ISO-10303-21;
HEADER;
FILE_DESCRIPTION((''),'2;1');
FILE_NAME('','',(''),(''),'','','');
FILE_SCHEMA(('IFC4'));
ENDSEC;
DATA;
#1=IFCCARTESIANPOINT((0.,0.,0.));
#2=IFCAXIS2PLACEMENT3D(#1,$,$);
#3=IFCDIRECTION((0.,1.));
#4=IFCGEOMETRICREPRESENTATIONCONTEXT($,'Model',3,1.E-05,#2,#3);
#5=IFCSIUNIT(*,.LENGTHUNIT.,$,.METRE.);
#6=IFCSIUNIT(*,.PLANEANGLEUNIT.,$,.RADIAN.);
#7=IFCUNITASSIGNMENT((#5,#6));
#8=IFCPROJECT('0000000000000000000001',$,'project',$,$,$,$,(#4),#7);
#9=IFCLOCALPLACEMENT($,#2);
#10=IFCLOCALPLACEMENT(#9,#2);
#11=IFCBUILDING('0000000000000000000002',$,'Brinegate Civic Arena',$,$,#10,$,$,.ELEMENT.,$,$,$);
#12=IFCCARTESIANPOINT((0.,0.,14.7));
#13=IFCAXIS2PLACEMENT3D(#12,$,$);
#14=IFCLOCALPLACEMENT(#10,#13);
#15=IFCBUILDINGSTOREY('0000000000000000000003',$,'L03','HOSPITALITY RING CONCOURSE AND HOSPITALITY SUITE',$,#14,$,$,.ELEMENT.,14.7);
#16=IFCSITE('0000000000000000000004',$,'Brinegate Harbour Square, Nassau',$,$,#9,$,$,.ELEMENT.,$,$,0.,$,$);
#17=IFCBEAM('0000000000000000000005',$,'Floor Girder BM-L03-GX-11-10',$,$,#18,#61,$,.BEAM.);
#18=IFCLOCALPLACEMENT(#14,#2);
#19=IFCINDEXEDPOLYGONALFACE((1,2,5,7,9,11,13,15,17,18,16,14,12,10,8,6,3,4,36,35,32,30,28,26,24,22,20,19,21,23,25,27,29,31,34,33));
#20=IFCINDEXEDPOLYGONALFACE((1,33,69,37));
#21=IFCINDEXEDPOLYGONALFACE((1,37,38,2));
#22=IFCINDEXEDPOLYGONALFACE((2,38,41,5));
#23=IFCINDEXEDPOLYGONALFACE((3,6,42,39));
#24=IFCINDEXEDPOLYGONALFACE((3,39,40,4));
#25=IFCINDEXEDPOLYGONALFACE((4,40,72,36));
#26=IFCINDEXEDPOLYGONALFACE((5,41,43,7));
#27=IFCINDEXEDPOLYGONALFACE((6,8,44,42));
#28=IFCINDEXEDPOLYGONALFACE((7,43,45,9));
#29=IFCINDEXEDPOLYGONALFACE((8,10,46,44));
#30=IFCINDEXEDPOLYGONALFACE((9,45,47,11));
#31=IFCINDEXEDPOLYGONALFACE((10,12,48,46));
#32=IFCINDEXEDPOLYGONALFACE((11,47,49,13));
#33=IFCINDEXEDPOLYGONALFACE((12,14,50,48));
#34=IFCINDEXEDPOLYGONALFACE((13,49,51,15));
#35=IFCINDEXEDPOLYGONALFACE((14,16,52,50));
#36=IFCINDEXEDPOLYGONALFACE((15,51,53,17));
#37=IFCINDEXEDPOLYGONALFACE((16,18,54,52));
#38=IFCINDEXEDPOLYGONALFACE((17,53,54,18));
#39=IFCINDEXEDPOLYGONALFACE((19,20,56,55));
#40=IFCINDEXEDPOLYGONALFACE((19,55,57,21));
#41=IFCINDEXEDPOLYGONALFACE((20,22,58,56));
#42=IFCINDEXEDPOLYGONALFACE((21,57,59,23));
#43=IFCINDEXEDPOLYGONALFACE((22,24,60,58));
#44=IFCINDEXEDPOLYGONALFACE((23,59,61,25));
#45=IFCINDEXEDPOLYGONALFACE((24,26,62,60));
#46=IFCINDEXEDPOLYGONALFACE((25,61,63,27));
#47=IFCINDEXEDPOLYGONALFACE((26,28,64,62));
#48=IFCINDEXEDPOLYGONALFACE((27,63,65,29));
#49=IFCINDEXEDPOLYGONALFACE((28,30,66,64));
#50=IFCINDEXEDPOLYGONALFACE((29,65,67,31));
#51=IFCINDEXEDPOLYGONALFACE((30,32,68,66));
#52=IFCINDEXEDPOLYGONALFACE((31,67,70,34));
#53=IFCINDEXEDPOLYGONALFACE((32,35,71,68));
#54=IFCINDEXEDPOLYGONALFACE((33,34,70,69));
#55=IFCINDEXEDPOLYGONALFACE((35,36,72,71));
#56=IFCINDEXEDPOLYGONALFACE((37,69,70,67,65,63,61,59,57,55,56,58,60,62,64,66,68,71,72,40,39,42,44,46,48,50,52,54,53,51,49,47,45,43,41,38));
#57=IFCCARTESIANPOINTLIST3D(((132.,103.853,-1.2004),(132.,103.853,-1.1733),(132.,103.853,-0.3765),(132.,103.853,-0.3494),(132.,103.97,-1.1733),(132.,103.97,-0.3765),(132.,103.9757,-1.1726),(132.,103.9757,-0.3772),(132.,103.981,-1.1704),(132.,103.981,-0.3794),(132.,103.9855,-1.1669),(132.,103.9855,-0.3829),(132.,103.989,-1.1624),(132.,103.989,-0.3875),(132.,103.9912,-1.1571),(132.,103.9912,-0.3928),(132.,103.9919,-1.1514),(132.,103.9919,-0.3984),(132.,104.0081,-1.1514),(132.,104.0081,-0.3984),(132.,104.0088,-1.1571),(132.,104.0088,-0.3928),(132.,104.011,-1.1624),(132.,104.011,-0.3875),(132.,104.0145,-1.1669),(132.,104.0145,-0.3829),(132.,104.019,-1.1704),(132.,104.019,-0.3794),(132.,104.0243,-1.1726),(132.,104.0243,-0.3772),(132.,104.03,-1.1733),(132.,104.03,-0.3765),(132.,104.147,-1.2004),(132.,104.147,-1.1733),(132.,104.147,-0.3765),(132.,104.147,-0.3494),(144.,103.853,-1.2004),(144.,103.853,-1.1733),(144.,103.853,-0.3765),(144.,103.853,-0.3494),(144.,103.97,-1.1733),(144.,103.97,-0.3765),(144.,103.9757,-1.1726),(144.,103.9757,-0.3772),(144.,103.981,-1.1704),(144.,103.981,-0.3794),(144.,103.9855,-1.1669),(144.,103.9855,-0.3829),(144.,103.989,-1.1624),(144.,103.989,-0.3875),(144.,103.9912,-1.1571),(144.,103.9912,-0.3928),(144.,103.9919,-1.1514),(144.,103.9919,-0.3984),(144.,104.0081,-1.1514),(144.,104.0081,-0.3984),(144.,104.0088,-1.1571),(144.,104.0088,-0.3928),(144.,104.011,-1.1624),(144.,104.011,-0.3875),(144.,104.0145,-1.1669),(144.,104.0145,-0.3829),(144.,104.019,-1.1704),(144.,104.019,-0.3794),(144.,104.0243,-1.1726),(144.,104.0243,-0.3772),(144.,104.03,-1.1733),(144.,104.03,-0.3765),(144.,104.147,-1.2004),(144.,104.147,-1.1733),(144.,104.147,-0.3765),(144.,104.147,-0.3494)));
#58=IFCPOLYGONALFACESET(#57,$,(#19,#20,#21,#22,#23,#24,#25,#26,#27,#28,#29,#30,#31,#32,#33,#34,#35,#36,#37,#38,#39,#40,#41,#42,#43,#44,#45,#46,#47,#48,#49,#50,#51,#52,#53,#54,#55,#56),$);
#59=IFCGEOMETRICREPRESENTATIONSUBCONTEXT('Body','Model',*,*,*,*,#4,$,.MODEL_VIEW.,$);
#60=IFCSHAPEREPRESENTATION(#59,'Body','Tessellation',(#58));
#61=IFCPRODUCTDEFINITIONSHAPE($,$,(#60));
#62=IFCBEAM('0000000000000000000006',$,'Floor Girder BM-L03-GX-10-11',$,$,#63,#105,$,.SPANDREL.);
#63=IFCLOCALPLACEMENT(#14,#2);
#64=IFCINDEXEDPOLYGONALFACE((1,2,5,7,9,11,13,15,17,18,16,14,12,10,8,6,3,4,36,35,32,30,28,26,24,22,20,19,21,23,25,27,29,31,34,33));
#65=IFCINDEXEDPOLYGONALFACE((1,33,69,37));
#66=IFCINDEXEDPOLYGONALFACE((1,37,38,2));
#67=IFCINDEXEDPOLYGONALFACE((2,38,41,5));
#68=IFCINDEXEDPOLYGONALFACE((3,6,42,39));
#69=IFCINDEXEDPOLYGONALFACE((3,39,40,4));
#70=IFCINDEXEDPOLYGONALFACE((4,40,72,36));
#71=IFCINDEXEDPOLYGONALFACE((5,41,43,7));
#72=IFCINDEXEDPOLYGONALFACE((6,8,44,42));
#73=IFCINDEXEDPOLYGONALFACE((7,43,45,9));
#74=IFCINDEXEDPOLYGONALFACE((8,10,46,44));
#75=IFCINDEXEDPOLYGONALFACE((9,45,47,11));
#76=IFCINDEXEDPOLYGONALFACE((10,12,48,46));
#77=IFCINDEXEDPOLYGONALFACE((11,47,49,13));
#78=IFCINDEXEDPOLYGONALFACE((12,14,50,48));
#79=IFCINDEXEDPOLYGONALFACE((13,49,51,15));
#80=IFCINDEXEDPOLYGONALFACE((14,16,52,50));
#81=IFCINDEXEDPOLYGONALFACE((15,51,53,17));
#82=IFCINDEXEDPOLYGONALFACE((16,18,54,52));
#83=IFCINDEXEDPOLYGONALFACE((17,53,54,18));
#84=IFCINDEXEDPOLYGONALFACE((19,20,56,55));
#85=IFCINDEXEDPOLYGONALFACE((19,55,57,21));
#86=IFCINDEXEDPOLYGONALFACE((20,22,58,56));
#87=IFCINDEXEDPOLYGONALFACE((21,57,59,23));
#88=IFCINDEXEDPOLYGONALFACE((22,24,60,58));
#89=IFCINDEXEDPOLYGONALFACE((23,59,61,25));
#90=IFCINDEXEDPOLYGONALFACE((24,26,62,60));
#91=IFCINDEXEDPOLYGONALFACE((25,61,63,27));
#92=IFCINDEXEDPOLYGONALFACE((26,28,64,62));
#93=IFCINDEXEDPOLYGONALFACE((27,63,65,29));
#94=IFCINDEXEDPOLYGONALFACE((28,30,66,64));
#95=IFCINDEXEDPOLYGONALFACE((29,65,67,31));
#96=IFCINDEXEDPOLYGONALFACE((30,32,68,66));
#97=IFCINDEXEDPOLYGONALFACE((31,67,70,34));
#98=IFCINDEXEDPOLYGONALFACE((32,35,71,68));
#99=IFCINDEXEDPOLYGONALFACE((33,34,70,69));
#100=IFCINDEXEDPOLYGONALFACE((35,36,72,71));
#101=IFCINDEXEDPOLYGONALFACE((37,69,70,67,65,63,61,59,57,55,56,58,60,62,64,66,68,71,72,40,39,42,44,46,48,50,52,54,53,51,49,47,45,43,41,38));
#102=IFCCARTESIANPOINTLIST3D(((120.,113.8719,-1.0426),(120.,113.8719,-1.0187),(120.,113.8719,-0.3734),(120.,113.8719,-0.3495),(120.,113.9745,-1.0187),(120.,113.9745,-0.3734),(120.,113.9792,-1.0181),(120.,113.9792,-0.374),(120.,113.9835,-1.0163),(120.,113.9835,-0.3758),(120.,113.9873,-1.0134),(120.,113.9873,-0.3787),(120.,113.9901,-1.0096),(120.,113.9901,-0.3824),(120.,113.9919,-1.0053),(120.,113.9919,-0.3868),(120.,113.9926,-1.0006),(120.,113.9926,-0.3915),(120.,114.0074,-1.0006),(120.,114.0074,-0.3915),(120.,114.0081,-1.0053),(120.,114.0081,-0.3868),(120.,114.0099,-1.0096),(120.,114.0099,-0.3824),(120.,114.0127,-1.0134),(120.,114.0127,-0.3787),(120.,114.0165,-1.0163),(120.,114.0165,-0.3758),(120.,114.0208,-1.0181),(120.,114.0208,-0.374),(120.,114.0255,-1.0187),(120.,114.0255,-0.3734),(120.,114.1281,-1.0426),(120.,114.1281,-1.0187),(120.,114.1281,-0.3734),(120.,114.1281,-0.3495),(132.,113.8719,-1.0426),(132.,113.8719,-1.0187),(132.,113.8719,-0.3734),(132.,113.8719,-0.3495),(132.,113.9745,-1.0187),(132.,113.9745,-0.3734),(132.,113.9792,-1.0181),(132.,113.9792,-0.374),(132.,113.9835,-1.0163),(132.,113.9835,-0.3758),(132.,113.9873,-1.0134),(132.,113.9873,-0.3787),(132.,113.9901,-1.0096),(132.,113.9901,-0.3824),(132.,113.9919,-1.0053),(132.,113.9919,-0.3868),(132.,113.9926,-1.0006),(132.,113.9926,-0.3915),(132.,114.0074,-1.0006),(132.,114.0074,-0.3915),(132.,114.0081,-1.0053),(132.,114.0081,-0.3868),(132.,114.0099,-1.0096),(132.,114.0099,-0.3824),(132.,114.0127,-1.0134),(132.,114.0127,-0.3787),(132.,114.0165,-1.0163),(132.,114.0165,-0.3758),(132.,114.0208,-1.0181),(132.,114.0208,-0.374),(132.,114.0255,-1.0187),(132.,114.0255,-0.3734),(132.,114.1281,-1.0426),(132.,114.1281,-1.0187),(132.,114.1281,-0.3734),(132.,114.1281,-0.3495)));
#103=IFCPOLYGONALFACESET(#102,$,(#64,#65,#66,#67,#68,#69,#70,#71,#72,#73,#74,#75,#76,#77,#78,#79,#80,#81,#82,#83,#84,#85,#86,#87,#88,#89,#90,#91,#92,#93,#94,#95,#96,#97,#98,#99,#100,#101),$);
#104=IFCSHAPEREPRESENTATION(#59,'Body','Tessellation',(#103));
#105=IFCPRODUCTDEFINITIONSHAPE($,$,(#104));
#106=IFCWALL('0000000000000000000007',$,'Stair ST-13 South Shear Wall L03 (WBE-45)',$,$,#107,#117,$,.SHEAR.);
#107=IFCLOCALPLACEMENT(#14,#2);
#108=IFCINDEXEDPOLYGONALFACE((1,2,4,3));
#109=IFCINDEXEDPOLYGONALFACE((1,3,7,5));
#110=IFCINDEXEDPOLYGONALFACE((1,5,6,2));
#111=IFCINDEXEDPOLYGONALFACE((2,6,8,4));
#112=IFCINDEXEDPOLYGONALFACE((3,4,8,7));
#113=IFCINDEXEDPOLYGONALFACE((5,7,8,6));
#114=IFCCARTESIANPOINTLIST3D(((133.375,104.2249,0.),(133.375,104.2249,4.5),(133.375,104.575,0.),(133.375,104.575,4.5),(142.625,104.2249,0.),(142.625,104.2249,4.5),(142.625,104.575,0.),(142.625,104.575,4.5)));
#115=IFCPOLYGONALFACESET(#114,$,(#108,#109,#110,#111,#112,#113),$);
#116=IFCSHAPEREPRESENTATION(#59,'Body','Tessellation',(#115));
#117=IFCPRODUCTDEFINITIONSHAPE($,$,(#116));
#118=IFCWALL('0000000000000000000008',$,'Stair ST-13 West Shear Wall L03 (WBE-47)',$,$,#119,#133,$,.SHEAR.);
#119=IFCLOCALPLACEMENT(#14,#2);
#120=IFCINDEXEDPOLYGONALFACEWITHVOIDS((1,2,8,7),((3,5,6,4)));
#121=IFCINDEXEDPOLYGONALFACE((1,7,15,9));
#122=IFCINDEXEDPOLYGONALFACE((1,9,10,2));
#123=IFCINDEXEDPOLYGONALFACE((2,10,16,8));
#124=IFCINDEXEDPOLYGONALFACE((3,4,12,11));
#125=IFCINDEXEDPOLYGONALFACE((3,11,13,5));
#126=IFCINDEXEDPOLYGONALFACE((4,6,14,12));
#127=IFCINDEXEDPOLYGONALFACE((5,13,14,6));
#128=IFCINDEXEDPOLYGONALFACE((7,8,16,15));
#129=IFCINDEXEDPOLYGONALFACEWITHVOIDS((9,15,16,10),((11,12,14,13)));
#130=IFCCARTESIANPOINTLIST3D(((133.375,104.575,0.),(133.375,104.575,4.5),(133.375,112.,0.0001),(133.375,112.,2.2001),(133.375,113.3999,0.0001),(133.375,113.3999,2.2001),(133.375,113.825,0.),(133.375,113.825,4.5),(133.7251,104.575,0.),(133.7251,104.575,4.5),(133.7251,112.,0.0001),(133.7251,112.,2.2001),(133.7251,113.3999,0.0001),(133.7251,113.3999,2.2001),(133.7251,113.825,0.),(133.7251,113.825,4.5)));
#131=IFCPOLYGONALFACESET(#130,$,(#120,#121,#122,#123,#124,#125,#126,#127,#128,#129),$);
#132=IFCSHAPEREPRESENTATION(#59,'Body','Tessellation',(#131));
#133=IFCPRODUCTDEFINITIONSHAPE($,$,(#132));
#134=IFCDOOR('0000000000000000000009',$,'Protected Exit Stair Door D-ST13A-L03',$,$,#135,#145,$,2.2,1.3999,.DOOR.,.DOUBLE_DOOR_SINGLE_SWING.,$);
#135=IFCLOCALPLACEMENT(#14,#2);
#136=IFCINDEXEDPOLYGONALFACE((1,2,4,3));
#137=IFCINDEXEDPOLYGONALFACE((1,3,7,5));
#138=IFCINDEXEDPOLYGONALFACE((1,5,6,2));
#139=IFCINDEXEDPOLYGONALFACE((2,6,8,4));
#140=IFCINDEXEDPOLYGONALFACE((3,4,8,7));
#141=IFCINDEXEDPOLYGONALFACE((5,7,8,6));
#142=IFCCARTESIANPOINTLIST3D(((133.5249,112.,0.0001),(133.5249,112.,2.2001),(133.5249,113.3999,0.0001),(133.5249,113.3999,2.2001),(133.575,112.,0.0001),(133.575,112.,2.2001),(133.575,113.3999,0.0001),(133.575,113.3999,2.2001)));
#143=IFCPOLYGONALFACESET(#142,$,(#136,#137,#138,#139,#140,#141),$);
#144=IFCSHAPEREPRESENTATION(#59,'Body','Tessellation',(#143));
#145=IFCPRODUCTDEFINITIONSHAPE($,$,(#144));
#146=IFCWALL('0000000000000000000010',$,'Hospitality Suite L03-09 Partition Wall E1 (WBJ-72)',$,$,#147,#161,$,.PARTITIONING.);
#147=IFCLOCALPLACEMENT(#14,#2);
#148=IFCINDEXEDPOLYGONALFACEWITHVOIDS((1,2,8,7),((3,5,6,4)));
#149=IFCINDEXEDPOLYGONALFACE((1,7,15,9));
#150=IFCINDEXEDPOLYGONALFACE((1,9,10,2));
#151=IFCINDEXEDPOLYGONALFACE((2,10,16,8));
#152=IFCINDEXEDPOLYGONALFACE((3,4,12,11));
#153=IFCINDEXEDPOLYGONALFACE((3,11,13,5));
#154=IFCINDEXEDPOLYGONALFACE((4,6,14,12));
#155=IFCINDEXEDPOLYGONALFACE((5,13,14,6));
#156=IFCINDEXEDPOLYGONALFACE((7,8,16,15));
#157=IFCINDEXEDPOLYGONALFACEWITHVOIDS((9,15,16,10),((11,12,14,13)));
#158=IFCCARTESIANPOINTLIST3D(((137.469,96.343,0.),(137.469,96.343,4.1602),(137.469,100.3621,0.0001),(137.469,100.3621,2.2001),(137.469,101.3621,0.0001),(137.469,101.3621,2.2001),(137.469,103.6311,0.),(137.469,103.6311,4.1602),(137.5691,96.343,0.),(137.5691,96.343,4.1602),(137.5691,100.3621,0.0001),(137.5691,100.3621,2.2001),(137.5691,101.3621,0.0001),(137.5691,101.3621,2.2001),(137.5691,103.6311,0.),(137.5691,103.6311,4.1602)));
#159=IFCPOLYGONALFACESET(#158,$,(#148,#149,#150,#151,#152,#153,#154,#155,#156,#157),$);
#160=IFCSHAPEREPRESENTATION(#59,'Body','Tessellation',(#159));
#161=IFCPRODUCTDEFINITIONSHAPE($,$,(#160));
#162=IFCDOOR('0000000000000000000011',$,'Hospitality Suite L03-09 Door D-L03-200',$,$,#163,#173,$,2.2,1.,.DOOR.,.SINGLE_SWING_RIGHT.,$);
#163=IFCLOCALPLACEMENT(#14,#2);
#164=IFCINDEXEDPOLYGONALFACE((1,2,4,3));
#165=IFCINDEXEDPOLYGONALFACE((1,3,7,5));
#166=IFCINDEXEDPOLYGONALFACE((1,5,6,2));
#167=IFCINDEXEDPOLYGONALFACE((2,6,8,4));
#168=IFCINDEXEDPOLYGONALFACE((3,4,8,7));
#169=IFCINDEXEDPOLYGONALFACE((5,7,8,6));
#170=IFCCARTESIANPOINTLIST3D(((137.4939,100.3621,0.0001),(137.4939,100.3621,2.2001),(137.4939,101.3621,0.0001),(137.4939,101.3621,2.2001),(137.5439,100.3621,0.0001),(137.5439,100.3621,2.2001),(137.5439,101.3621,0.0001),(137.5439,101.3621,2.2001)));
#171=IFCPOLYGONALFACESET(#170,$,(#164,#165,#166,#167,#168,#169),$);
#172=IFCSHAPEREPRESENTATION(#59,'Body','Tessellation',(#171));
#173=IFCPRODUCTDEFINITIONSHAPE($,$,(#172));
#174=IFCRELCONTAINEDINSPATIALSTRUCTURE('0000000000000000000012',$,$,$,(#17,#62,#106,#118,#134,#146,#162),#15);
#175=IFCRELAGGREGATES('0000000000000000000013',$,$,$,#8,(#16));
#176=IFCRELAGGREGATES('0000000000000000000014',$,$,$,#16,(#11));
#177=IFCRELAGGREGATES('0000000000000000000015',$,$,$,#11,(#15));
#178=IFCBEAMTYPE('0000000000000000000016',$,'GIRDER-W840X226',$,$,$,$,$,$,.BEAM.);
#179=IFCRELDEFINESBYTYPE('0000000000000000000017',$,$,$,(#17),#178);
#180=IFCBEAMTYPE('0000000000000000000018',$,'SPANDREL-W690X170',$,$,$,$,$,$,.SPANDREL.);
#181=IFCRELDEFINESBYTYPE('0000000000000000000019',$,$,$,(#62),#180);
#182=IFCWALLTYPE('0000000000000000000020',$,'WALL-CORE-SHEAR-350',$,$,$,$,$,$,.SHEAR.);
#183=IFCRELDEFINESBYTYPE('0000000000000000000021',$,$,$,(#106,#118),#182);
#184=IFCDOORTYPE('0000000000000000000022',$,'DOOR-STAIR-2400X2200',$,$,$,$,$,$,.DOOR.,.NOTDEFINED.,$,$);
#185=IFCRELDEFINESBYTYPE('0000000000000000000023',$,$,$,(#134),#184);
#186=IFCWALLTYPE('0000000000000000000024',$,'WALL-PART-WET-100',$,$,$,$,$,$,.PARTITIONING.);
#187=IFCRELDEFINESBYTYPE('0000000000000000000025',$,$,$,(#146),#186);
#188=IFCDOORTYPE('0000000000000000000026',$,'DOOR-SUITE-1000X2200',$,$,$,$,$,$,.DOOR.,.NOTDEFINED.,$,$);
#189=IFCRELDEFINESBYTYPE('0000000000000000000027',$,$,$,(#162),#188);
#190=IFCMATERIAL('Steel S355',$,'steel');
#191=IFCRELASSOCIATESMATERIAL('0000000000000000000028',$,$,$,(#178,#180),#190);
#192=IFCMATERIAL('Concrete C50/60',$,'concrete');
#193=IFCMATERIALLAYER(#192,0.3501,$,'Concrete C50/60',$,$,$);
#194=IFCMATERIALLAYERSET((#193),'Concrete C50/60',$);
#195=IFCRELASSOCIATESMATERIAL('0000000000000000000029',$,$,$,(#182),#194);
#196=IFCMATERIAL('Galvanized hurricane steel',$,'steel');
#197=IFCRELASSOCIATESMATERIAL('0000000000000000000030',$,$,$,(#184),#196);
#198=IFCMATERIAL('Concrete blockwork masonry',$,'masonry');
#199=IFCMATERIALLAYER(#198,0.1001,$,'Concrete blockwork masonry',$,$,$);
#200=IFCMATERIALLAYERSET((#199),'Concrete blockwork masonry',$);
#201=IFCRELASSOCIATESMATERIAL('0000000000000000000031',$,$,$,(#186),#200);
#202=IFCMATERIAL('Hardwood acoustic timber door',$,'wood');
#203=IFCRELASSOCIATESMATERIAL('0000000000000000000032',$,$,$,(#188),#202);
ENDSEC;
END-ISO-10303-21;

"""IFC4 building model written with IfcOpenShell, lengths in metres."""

from ifc_helpers import new_model, si_unit, direction, frame, frame_2d, origin, origin_2d, place, context, subcontext, project, spatial, rectangle, i_section, extrude, material, layer, layer_set, material_profile, profile_set, type_object, element, fill, save


model = new_model("IFC4")

# Units and contexts
model_context = context("Model", 3, precision=1e-05, world=origin(), true_north=direction((0.0, 1.0)))
body_context = subcontext(model_context, "Body", "Model", "MODEL_VIEW")
ifc_project = project(units=[si_unit("LENGTHUNIT", "METRE"), si_unit("PLANEANGLEUNIT", "RADIAN")], contexts=[model_context])

# Site, building, storey
site_placement = place(None, origin())
site = spatial("IfcSite", under=ifc_project, at=site_placement, Name="Brinegate Harbour Square, Nassau", CompositionType="ELEMENT", RefElevation=0.0)
building_placement = place(site_placement, origin())
building = spatial("IfcBuilding", under=site, at=building_placement, Name="Brinegate Civic Arena", CompositionType="ELEMENT")
storey_placement = place(building_placement, frame((0.0, 0.0, 14.7)))
storey = spatial("IfcBuildingStorey", under=building, at=storey_placement, Name="L03", Description="HOSPITALITY RING CONCOURSE AND HOSPITALITY SUITE", CompositionType="ELEMENT", Elevation=14.7)

# Shared definitions
ifc_material_1 = material(Name="Concrete C50/60", Category="concrete")

# Beams
ifc_material_2 = material(Name="Steel S355", Category="steel")
ifc_material_profile_1 = material_profile(ifc_material_2, i_section(OverallWidth=0.2939, OverallDepth=0.8511, WebThickness=0.0161, FlangeThickness=0.0271, FilletRadius=0.022, at=origin_2d()), Name="W840X226")
ifc_profile_set_1 = profile_set([ifc_material_profile_1], Name="Steel S355")
beam_type_1 = type_object("IfcBeamType", Name="GIRDER-W840X226", PredefinedType="BEAM", material=ifc_profile_set_1)
beam_1_placement = place(storey_placement, frame((132.0, 104.0, -0.7749), z_axis=(1.0, 0.0, 0.0), x_axis=(0.0, 1.0, 0.0)))
element("IfcBeam", 1, at=beam_1_placement, inside=storey, type_object=beam_type_1, Name="Floor Girder BM-L03-GX-11-10", PredefinedType="BEAM", context=body_context, shape_type="SweptSolid", body=[
    extrude(i_section(OverallWidth=0.2939, OverallDepth=0.8511, WebThickness=0.0161, FlangeThickness=0.0271, FilletRadius=0.022, at=origin_2d()), origin(), (0.0, 0.0, 1.0), 12.0),
])
ifc_material_profile_2 = material_profile(ifc_material_2, i_section(OverallWidth=0.2561, OverallDepth=0.6931, WebThickness=0.0149, FlangeThickness=0.0239, FilletRadius=0.0181, at=origin_2d()), Name="W690X170")
ifc_profile_set_2 = profile_set([ifc_material_profile_2], Name="Steel S355")
beam_type_2 = type_object("IfcBeamType", Name="SPANDREL-W690X170", PredefinedType="SPANDREL", material=ifc_profile_set_2)
beam_2_placement = place(storey_placement, frame((120.0, 114.0, -0.696), z_axis=(1.0, 0.0, 0.0), x_axis=(0.0, 1.0, 0.0)))
element("IfcBeam", 2, at=beam_2_placement, inside=storey, type_object=beam_type_2, Name="Floor Girder BM-L03-GX-10-11", PredefinedType="SPANDREL", context=body_context, shape_type="SweptSolid", body=[
    extrude(i_section(OverallWidth=0.2561, OverallDepth=0.6931, WebThickness=0.0149, FlangeThickness=0.0239, FilletRadius=0.0181, at=origin_2d()), origin(), (0.0, 0.0, 1.0), 12.0),
])

# Wall
ifc_layer_1 = layer(ifc_material_1, 0.3501, Name="Concrete C50/60")
ifc_layer_set_1 = layer_set([ifc_layer_1], Name="Concrete C50/60")
wall_type_1 = type_object("IfcWallType", Name="WALL-CORE-SHEAR-350", PredefinedType="SHEAR", material=ifc_layer_set_1)
wall_1_placement = place(storey_placement, frame((133.375, 104.3999, 0.0), z_axis=(0.0, 0.0, 1.0), x_axis=(1.0, 0.0, 0.0)))
element("IfcWall", 3, at=wall_1_placement, inside=storey, type_object=wall_type_1, Name="Stair ST-13 South Shear Wall L03 (WBE-45)", PredefinedType="SHEAR", context=body_context, shape_type="SweptSolid", body=[
    extrude(rectangle(XDim=9.25, YDim=0.3501, at=frame_2d((4.625, 0.0))), origin(), (0.0, 0.0, 1.0), 4.5),
])

# Walls, openings, doors
wall_2_placement = place(storey_placement, frame((133.55, 104.575, 0.0), z_axis=(0.0, 0.0, 1.0), x_axis=(0.0, 1.0, 0.0)))
wall_2 = element("IfcWall", 4, at=wall_2_placement, inside=storey, type_object=wall_type_1, Name="Stair ST-13 West Shear Wall L03 (WBE-47)", PredefinedType="SHEAR", context=body_context, shape_type="SweptSolid", body=[
    extrude(rectangle(XDim=9.25, YDim=0.3501, at=frame_2d((4.625, 0.0))), origin(), (0.0, 0.0, 1.0), 4.5),
])
opening_1_placement = place(wall_2_placement, frame((7.425, 0.0, 0.0)))
opening_1 = element("IfcOpeningElement", 5, at=opening_1_placement, cuts=wall_2, PredefinedType="OPENING", context=body_context, shape_type="SweptSolid", body=[
    extrude(rectangle(XDim=1.3999, YDim=2.2, at=frame_2d((0.7, 1.1001))), frame((0.0, 0.1851, 0.0), z_axis=(0.0, -1.0, 0.0), x_axis=(1.0, 0.0, 0.0)), (0.0, 0.0, 1.0), 0.3701),
])
ifc_material_3 = material(Name="Galvanized hurricane steel", Category="steel")
door_type_1 = type_object("IfcDoorType", Name="DOOR-STAIR-2400X2200", OperationType="NOTDEFINED", PredefinedType="DOOR", material=ifc_material_3)
door_1_placement = place(opening_1_placement, frame((1.3999, 0.0, 0.0), z_axis=(0.0, 0.0, 1.0), x_axis=(-1.0, 0.0, 0.0)))
door_1 = element("IfcDoor", 6, at=door_1_placement, inside=storey, type_object=door_type_1, Name="Protected Exit Stair Door D-ST13A-L03", OperationType="DOUBLE_DOOR_SINGLE_SWING", OverallHeight=2.2, OverallWidth=1.3999, PredefinedType="DOOR", context=body_context, shape_type="SweptSolid", body=[
    extrude(rectangle(XDim=1.3999, YDim=2.2, at=frame_2d((0.7, 1.1001))), frame((0.0, 0.0249, 0.0), z_axis=(0.0, -1.0, 0.0), x_axis=(1.0, 0.0, 0.0)), (0.0, 0.0, 1.0), 0.05),
])
fill(opening_1, door_1)
ifc_material_4 = material(Name="Concrete blockwork masonry", Category="masonry")
ifc_layer_2 = layer(ifc_material_4, 0.1001, Name="Concrete blockwork masonry")
ifc_layer_set_2 = layer_set([ifc_layer_2], Name="Concrete blockwork masonry")
wall_type_2 = type_object("IfcWallType", Name="WALL-PART-WET-100", PredefinedType="PARTITIONING", material=ifc_layer_set_2)
wall_3_placement = place(storey_placement, frame((137.519, 103.6311, 0.0), z_axis=(0.0, 0.0, 1.0), x_axis=(0.0, -1.0, 0.0)))
wall_3 = element("IfcWall", 7, at=wall_3_placement, inside=storey, type_object=wall_type_2, Name="Hospitality Suite L03-09 Partition Wall E1 (WBJ-72)", PredefinedType="PARTITIONING", context=body_context, shape_type="SweptSolid", body=[
    extrude(rectangle(XDim=7.2881, YDim=0.1001, at=frame_2d((3.644, 0.0))), origin(), (0.0, 0.0, 1.0), 4.1602),
])
opening_2_placement = place(wall_3_placement, frame((2.269, 0.0, 0.0)))
opening_2 = element("IfcOpeningElement", 8, at=opening_2_placement, cuts=wall_3, PredefinedType="OPENING", context=body_context, shape_type="SweptSolid", body=[
    extrude(rectangle(XDim=1.0, YDim=2.2, at=frame_2d((0.5, 1.1001))), frame((0.0, 0.0601, 0.0), z_axis=(0.0, -1.0, 0.0), x_axis=(1.0, 0.0, 0.0)), (0.0, 0.0, 1.0), 0.1201),
])
ifc_material_5 = material(Name="Hardwood acoustic timber door", Category="wood")
door_type_2 = type_object("IfcDoorType", Name="DOOR-SUITE-1000X2200", OperationType="NOTDEFINED", PredefinedType="DOOR", material=ifc_material_5)
door_2_placement = place(opening_2_placement, origin())
door_2 = element("IfcDoor", 9, at=door_2_placement, inside=storey, type_object=door_type_2, Name="Hospitality Suite L03-09 Door D-L03-200", OperationType="SINGLE_SWING_RIGHT", OverallHeight=2.2, OverallWidth=1.0, PredefinedType="DOOR", context=body_context, shape_type="SweptSolid", body=[
    extrude(rectangle(XDim=1.0, YDim=2.2, at=frame_2d((0.5, 1.1001))), frame((0.0, 0.0249, 0.0), z_axis=(0.0, -1.0, 0.0), x_axis=(1.0, 0.0, 0.0)), (0.0, 0.0, 1.0), 0.05),
])
fill(opening_2, door_2)

save(model, "model.ifc")
